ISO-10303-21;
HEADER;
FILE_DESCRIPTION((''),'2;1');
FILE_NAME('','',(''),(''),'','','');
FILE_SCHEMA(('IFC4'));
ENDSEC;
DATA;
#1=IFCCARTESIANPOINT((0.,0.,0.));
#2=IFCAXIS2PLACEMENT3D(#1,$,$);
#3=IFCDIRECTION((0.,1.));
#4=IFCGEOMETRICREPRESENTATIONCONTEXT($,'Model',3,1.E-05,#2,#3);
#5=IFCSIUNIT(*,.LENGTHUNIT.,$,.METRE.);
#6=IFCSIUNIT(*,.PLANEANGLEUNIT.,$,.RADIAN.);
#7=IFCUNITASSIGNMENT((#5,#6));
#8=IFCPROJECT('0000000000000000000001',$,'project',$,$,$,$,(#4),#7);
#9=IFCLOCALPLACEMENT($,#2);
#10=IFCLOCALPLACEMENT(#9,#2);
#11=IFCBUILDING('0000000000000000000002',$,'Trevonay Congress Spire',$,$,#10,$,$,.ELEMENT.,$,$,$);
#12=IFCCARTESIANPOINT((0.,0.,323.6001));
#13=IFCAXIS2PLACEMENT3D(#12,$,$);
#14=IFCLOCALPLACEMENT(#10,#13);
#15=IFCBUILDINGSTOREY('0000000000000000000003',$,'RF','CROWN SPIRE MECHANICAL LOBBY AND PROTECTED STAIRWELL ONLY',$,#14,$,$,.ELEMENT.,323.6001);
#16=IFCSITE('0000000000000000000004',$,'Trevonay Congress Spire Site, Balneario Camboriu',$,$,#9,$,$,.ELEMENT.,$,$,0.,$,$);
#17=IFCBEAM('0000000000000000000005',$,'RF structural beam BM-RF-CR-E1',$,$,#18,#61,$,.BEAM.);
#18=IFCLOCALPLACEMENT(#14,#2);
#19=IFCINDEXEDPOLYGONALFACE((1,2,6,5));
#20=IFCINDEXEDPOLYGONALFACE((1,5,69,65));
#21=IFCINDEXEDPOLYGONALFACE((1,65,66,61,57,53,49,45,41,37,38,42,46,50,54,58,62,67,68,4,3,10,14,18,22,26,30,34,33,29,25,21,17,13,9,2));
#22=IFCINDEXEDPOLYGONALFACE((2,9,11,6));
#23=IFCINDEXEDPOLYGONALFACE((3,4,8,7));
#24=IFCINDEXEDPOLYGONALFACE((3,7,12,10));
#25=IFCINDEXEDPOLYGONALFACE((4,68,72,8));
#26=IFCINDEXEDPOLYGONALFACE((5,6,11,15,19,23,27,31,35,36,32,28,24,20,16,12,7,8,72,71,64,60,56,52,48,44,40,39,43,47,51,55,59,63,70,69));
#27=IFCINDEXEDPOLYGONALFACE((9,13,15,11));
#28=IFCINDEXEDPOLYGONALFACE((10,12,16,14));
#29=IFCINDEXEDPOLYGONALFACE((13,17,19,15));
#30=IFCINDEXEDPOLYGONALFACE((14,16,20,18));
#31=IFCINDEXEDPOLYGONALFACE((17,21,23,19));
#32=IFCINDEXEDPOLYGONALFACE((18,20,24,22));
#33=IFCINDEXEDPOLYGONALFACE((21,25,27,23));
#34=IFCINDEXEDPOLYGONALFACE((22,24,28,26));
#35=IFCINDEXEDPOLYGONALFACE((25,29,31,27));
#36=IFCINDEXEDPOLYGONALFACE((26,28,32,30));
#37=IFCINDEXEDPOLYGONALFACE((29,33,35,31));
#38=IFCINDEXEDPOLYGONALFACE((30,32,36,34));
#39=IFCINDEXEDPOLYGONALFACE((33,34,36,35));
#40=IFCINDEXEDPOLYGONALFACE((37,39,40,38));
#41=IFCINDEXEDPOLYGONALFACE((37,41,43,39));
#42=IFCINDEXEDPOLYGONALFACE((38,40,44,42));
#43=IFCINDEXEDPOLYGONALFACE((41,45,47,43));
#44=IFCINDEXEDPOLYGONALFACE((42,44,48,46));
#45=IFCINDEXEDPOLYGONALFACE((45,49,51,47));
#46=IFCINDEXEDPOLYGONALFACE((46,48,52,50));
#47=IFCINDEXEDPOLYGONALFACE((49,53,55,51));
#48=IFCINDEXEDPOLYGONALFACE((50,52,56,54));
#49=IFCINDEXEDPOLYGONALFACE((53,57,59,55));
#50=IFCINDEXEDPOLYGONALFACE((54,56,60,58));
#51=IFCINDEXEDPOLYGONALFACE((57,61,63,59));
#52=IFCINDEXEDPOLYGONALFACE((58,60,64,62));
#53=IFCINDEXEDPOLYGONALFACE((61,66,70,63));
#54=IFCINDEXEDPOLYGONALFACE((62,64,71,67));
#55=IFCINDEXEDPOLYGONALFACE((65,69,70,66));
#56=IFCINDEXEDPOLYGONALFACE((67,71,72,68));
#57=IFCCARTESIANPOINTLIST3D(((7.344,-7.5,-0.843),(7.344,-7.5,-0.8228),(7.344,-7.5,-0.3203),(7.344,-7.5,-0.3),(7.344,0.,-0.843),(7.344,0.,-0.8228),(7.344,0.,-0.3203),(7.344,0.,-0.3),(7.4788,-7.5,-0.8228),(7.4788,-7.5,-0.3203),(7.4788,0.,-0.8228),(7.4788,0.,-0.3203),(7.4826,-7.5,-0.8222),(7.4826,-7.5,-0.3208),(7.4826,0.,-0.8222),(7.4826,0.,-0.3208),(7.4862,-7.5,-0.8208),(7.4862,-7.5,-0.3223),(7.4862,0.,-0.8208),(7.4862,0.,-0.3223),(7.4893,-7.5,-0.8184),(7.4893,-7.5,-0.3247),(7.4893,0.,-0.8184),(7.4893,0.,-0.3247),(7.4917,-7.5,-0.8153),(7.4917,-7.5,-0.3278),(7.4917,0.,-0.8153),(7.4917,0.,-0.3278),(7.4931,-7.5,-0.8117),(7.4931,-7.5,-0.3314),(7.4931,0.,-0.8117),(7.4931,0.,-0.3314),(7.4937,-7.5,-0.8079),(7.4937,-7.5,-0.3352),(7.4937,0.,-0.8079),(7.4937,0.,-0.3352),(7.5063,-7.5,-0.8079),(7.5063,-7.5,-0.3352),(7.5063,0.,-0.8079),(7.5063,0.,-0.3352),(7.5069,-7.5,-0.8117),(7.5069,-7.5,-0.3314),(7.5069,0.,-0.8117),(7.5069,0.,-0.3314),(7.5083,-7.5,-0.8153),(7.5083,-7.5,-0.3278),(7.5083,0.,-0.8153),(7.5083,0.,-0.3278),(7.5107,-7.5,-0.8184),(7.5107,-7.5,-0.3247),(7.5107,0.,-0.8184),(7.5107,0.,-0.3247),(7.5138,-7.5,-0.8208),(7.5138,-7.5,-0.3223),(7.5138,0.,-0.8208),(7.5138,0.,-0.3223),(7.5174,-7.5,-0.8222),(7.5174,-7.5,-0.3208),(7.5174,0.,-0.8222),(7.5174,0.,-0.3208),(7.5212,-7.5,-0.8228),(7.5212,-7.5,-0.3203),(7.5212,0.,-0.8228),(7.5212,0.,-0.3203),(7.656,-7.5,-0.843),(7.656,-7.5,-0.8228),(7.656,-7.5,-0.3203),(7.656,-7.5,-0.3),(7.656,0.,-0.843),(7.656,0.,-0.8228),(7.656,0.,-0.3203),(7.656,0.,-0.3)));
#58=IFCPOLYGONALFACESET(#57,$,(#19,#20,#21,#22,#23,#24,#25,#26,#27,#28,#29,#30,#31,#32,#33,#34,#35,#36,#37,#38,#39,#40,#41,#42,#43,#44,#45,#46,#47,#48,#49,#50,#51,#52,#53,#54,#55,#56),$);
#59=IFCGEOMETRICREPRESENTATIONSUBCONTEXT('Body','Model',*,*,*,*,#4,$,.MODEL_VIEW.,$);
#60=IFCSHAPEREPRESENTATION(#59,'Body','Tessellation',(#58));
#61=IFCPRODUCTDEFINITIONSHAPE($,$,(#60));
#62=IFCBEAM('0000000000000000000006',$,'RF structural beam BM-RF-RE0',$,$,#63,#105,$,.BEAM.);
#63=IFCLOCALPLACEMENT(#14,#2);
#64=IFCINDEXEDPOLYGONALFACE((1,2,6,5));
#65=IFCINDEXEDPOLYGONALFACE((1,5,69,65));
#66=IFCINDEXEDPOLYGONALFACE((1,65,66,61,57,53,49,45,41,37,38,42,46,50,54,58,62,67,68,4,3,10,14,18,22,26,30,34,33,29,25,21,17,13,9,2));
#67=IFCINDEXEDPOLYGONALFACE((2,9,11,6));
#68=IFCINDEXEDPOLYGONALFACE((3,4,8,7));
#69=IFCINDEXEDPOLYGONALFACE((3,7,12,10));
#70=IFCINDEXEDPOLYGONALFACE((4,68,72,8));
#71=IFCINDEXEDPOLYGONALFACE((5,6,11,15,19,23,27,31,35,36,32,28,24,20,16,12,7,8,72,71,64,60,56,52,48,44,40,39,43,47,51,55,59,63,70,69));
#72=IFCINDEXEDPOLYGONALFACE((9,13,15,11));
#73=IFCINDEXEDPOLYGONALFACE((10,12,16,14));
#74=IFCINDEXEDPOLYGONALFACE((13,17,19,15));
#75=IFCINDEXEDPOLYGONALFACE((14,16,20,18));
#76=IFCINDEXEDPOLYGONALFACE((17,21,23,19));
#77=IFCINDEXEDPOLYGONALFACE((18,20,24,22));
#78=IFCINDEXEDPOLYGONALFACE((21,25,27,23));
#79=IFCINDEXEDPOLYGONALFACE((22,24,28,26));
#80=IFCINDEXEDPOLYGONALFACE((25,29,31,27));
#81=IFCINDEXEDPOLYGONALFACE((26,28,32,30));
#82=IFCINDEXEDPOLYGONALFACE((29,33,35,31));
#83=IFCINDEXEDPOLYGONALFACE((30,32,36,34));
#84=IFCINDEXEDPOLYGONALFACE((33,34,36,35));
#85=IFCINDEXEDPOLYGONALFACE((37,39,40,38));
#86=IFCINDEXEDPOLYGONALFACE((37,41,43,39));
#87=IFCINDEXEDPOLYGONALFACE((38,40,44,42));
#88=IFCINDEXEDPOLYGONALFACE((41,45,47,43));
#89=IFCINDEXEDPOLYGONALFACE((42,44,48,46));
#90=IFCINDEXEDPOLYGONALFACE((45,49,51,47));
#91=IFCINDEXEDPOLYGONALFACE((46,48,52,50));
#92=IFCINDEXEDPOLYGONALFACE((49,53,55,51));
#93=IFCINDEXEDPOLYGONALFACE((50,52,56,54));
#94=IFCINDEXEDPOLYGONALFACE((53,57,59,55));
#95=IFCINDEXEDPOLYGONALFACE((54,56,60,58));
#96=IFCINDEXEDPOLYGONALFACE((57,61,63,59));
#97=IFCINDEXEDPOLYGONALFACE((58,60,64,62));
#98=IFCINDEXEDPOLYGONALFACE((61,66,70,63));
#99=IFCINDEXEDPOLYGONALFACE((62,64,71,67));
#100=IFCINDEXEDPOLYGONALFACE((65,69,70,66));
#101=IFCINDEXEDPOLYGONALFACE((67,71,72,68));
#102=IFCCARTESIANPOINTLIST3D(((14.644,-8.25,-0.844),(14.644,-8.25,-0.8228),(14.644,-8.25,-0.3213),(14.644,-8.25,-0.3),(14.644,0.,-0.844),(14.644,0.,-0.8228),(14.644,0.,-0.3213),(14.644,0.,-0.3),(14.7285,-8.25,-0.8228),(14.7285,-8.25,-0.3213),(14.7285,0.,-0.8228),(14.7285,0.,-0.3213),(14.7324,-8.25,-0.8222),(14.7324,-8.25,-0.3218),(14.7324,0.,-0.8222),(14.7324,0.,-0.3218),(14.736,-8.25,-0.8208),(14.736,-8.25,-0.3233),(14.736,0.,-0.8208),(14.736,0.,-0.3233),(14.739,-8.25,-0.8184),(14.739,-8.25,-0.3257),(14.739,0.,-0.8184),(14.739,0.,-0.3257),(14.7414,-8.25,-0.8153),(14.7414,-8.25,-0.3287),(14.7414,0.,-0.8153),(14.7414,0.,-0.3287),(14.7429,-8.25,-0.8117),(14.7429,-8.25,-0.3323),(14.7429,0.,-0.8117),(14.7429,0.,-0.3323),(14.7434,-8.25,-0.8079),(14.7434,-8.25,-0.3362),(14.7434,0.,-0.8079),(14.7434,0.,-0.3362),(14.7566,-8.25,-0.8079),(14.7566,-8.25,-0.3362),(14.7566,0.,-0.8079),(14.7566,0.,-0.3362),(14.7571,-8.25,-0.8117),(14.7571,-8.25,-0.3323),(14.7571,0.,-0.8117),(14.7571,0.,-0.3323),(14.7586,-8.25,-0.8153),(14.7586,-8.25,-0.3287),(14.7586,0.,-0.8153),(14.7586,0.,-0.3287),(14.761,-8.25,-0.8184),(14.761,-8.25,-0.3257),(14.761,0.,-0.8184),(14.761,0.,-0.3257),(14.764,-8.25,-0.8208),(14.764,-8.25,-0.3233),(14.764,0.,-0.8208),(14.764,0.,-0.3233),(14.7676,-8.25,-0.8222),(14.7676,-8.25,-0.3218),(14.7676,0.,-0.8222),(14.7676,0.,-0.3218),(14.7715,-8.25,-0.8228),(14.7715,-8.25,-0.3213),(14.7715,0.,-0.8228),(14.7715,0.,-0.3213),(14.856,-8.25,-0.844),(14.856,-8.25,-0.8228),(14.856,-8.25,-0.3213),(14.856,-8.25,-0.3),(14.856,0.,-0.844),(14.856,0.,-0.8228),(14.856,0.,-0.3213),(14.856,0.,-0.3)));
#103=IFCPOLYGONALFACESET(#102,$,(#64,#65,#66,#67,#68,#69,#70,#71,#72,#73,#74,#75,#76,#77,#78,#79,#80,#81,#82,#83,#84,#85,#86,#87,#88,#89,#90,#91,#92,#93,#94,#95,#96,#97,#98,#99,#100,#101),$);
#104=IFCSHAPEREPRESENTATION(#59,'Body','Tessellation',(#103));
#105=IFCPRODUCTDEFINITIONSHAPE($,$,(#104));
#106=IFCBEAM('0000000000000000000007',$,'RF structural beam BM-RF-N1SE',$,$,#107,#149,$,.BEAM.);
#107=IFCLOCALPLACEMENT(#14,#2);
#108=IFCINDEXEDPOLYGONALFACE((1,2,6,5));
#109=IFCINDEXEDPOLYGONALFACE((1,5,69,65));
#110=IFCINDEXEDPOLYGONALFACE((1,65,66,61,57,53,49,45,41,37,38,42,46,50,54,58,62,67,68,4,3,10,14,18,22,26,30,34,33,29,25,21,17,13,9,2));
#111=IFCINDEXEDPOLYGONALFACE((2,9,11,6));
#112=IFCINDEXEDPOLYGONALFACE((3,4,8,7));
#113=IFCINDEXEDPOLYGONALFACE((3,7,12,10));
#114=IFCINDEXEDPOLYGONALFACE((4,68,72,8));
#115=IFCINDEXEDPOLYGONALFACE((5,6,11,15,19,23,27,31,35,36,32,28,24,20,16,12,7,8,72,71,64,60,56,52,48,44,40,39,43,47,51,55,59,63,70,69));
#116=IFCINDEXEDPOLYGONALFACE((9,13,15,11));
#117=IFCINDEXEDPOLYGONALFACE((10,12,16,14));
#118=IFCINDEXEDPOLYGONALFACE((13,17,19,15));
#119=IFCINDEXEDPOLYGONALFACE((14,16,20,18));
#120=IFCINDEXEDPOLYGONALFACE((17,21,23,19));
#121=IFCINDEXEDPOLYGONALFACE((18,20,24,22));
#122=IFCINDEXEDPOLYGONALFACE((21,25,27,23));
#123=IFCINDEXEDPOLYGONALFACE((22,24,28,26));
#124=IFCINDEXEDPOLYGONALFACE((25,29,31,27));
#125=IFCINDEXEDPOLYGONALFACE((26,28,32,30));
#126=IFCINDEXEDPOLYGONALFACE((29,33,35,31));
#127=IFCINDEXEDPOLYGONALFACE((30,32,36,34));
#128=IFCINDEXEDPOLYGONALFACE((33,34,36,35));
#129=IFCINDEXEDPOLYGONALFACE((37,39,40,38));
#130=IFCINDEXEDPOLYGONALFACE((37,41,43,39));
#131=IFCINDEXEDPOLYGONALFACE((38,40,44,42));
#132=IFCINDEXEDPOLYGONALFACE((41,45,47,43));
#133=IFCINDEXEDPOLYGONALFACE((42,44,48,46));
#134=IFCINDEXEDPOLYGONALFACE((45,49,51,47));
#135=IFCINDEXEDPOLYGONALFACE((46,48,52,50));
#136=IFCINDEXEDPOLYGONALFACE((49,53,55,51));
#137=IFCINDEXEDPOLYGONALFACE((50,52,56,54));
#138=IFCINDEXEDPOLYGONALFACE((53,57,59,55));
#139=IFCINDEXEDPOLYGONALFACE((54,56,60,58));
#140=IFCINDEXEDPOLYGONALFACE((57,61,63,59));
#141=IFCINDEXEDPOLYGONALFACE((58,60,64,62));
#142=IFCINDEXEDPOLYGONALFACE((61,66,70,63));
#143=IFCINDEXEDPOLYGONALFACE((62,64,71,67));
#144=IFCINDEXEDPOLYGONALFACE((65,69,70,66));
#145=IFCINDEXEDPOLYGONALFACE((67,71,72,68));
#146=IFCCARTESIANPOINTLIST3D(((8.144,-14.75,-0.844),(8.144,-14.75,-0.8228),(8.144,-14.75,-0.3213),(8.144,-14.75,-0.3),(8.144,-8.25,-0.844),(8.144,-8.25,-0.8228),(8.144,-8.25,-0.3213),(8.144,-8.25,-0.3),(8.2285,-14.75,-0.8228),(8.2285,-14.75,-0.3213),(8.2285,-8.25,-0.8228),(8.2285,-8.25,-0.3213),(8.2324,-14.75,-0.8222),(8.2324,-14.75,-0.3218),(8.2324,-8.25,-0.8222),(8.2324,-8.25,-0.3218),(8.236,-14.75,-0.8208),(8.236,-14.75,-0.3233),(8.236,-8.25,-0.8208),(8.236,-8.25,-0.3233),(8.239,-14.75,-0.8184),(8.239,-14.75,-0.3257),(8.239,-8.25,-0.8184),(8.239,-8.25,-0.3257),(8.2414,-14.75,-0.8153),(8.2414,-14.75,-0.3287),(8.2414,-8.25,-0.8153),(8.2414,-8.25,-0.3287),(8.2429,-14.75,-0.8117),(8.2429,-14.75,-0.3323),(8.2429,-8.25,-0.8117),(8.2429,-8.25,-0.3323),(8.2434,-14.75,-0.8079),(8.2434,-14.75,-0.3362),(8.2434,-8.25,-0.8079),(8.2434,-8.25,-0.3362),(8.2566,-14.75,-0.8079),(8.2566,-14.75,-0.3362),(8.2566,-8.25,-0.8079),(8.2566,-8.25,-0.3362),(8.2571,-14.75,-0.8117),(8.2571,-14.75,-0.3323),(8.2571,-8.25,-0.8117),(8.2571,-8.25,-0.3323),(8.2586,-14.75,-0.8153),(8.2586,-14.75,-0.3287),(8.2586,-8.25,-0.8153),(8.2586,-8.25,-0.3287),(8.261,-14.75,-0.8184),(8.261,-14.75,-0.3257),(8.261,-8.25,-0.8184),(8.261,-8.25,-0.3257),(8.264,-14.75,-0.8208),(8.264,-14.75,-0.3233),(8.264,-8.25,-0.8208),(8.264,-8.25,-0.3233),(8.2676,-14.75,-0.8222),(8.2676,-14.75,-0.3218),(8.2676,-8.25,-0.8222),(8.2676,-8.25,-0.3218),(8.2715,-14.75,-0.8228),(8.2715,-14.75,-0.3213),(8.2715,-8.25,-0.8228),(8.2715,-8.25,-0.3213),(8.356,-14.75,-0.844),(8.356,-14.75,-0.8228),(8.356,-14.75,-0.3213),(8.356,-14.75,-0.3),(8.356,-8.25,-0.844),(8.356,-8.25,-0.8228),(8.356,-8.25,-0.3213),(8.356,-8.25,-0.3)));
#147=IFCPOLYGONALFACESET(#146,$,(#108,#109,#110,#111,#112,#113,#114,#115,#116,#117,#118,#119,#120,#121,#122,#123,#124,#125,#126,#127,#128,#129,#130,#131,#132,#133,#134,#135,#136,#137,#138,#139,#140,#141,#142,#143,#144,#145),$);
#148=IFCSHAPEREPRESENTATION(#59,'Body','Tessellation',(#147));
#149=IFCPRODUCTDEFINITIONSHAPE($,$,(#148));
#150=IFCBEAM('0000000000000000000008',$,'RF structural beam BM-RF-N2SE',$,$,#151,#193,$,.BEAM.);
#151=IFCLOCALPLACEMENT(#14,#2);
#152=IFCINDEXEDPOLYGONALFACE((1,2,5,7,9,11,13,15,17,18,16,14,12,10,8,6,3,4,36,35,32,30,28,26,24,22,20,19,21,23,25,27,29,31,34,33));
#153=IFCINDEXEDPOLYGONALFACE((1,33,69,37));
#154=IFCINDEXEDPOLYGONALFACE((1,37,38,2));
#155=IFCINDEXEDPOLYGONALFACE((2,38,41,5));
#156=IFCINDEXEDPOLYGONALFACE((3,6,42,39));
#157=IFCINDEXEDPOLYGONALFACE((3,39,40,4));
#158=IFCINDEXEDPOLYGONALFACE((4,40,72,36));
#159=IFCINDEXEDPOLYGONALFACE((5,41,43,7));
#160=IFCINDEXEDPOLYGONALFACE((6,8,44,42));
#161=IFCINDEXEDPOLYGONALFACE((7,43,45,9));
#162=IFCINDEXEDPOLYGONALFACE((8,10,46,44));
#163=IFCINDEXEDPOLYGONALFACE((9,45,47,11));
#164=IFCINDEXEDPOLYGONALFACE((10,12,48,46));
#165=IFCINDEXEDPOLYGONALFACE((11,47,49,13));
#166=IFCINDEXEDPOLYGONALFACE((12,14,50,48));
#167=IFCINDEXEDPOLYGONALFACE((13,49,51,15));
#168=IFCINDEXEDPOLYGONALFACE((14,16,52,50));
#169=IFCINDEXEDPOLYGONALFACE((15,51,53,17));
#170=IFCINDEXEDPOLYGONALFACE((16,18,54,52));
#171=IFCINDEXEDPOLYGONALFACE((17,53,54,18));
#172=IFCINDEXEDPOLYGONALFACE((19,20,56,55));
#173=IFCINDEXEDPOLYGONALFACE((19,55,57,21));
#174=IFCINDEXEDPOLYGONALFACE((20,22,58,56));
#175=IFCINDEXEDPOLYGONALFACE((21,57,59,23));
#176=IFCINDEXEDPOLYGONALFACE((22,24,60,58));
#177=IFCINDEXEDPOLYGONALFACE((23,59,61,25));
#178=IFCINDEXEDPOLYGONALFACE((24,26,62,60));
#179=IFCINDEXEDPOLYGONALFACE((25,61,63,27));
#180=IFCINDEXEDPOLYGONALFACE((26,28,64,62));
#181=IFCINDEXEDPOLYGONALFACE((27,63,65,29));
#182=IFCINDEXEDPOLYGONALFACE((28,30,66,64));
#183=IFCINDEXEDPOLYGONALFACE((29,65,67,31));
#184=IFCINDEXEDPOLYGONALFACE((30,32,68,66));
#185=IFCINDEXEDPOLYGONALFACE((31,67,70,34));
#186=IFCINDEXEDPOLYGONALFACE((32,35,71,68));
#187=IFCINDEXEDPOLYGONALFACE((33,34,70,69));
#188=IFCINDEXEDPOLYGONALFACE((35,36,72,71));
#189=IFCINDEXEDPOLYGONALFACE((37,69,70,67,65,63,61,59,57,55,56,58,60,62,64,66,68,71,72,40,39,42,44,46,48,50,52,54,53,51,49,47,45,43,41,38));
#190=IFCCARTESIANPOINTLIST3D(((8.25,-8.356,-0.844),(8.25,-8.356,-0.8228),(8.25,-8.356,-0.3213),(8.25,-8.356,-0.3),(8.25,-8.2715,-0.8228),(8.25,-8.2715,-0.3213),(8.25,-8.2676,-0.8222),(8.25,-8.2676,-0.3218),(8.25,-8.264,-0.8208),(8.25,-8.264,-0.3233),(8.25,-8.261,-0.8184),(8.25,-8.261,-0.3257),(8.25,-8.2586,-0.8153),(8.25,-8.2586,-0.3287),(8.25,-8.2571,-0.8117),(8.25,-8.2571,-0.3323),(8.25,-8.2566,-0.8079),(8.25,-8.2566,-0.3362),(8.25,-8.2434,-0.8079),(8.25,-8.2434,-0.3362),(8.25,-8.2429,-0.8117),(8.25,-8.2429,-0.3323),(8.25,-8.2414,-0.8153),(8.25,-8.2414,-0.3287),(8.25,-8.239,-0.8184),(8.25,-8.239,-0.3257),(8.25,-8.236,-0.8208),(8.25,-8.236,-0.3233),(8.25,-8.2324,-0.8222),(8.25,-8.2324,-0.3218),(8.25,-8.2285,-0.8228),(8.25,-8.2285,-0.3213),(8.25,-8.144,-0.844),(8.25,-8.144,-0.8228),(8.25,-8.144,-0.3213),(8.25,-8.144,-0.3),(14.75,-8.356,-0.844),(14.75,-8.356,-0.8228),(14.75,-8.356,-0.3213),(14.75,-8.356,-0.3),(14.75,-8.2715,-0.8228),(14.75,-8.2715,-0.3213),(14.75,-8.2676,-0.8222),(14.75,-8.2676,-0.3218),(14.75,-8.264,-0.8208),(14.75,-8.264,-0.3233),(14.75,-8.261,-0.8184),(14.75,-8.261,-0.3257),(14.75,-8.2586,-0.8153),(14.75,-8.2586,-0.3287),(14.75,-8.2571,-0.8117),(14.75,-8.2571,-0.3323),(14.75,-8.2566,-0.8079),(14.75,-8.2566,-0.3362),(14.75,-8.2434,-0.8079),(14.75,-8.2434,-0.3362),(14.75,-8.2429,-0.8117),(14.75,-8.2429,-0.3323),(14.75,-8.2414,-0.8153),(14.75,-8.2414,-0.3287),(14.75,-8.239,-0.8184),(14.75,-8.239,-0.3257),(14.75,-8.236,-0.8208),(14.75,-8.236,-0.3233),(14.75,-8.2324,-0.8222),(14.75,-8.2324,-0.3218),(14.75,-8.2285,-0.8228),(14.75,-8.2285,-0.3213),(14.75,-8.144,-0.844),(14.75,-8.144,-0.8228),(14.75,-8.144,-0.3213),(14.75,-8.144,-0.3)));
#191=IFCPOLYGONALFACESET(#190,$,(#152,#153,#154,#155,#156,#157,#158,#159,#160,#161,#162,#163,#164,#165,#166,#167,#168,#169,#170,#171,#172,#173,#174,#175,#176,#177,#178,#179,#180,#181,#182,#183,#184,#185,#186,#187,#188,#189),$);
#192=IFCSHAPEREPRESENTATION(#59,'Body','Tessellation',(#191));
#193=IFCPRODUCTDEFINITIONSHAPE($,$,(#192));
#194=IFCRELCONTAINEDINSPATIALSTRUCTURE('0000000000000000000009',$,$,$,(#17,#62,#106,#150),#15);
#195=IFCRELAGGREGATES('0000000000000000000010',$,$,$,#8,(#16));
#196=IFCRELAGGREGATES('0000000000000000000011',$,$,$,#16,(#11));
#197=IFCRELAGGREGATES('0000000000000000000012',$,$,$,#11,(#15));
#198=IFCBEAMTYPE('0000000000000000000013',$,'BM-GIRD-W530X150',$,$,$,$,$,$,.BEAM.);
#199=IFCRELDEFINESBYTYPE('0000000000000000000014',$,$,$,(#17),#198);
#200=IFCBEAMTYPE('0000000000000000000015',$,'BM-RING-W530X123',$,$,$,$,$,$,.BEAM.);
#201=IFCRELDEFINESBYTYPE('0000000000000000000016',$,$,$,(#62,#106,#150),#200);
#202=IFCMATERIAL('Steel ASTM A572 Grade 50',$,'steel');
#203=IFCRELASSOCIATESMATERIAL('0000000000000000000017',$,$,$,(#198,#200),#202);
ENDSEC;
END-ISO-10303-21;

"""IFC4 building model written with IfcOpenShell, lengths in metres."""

from ifc_helpers import new_model, si_unit, direction, frame, origin, origin_2d, place, context, subcontext, project, spatial, i_section, extrude, material, material_profile, profile_set, type_object, element, save


model = new_model("IFC4")

# Units and contexts
model_context = context("Model", 3, precision=1e-05, world=origin(), true_north=direction((0.0, 1.0)))
body_context = subcontext(model_context, "Body", "Model", "MODEL_VIEW")
ifc_project = project(units=[si_unit("LENGTHUNIT", "METRE"), si_unit("PLANEANGLEUNIT", "RADIAN")], contexts=[model_context])

# Site, building, storey
site_placement = place(None, origin())
site = spatial("IfcSite", under=ifc_project, at=site_placement, Name="Trevonay Congress Spire Site, Balneario Camboriu", CompositionType="ELEMENT", RefElevation=0.0)
building_placement = place(site_placement, origin())
building = spatial("IfcBuilding", under=site, at=building_placement, Name="Trevonay Congress Spire", CompositionType="ELEMENT")
storey_placement = place(building_placement, frame((0.0, 0.0, 323.6001)))
storey = spatial("IfcBuildingStorey", under=building, at=storey_placement, Name="RF", Description="CROWN SPIRE MECHANICAL LOBBY AND PROTECTED STAIRWELL ONLY", CompositionType="ELEMENT", Elevation=323.6001)

# Shared definitions
ifc_material_1 = material(Name="Steel ASTM A572 Grade 50", Category="steel")

# Beams
ifc_material_profile_1 = material_profile(ifc_material_1, i_section(OverallWidth=0.312, OverallDepth=0.543, WebThickness=0.0127, FlangeThickness=0.0203, FilletRadius=0.0149, at=origin_2d()), Name="W530x150")
ifc_profile_set_1 = profile_set([ifc_material_profile_1], Name="Steel ASTM A572 Grade 50")
beam_type_1 = type_object("IfcBeamType", Name="BM-GIRD-W530X150", PredefinedType="BEAM", material=ifc_profile_set_1)
beam_1_placement = place(storey_placement, frame((7.5, -7.5, -0.5715), z_axis=(0.0, 1.0, 0.0), x_axis=(-1.0, 0.0, 0.0)))
element("IfcBeam", 1, at=beam_1_placement, inside=storey, type_object=beam_type_1, Name="RF structural beam BM-RF-CR-E1", PredefinedType="BEAM", context=body_context, shape_type="SweptSolid", body=[
    extrude(i_section(OverallWidth=0.312, OverallDepth=0.543, WebThickness=0.0127, FlangeThickness=0.0203, FilletRadius=0.0149, at=origin_2d()), origin(), (0.0, 0.0, 1.0), 7.5),
])
ifc_material_profile_2 = material_profile(ifc_material_1, i_section(OverallWidth=0.2119, OverallDepth=0.5439, WebThickness=0.0132, FlangeThickness=0.0212, FilletRadius=0.0149, at=origin_2d()), Name="W530x123")
ifc_profile_set_2 = profile_set([ifc_material_profile_2], Name="Steel ASTM A572 Grade 50")
beam_type_2 = type_object("IfcBeamType", Name="BM-RING-W530X123", PredefinedType="BEAM", material=ifc_profile_set_2)
beam_2_placement = place(storey_placement, frame((14.75, -8.25, -0.572), z_axis=(0.0, 1.0, 0.0), x_axis=(-1.0, 0.0, 0.0)))
element("IfcBeam", 2, at=beam_2_placement, inside=storey, type_object=beam_type_2, Name="RF structural beam BM-RF-RE0", PredefinedType="BEAM", context=body_context, shape_type="SweptSolid", body=[
    extrude(i_section(OverallWidth=0.2119, OverallDepth=0.5439, WebThickness=0.0132, FlangeThickness=0.0212, FilletRadius=0.0149, at=origin_2d()), origin(), (0.0, 0.0, 1.0), 8.25),
])
for number, where, z_axis, x_axis, name in (
    (3, (8.25, -14.75, -0.572), (0.0, 1.0, 0.0), (-1.0, 0.0, 0.0), "RF structural beam BM-RF-N1SE"),
    (4, (14.75, -8.25, -0.572), (-1.0, 0.0, 0.0), (0.0, -1.0, 0.0), "RF structural beam BM-RF-N2SE"),
):
    element("IfcBeam", number, at=place(storey_placement, frame(where, z_axis=z_axis, x_axis=x_axis)), inside=storey, type_object=beam_type_2, Name=name, PredefinedType="BEAM", context=body_context, shape_type="SweptSolid", body=[
        extrude(i_section(OverallWidth=0.2119, OverallDepth=0.5439, WebThickness=0.0132, FlangeThickness=0.0212, FilletRadius=0.0149, at=origin_2d()), origin(), (0.0, 0.0, 1.0), 6.5),
    ])

save(model, "model.ifc")
